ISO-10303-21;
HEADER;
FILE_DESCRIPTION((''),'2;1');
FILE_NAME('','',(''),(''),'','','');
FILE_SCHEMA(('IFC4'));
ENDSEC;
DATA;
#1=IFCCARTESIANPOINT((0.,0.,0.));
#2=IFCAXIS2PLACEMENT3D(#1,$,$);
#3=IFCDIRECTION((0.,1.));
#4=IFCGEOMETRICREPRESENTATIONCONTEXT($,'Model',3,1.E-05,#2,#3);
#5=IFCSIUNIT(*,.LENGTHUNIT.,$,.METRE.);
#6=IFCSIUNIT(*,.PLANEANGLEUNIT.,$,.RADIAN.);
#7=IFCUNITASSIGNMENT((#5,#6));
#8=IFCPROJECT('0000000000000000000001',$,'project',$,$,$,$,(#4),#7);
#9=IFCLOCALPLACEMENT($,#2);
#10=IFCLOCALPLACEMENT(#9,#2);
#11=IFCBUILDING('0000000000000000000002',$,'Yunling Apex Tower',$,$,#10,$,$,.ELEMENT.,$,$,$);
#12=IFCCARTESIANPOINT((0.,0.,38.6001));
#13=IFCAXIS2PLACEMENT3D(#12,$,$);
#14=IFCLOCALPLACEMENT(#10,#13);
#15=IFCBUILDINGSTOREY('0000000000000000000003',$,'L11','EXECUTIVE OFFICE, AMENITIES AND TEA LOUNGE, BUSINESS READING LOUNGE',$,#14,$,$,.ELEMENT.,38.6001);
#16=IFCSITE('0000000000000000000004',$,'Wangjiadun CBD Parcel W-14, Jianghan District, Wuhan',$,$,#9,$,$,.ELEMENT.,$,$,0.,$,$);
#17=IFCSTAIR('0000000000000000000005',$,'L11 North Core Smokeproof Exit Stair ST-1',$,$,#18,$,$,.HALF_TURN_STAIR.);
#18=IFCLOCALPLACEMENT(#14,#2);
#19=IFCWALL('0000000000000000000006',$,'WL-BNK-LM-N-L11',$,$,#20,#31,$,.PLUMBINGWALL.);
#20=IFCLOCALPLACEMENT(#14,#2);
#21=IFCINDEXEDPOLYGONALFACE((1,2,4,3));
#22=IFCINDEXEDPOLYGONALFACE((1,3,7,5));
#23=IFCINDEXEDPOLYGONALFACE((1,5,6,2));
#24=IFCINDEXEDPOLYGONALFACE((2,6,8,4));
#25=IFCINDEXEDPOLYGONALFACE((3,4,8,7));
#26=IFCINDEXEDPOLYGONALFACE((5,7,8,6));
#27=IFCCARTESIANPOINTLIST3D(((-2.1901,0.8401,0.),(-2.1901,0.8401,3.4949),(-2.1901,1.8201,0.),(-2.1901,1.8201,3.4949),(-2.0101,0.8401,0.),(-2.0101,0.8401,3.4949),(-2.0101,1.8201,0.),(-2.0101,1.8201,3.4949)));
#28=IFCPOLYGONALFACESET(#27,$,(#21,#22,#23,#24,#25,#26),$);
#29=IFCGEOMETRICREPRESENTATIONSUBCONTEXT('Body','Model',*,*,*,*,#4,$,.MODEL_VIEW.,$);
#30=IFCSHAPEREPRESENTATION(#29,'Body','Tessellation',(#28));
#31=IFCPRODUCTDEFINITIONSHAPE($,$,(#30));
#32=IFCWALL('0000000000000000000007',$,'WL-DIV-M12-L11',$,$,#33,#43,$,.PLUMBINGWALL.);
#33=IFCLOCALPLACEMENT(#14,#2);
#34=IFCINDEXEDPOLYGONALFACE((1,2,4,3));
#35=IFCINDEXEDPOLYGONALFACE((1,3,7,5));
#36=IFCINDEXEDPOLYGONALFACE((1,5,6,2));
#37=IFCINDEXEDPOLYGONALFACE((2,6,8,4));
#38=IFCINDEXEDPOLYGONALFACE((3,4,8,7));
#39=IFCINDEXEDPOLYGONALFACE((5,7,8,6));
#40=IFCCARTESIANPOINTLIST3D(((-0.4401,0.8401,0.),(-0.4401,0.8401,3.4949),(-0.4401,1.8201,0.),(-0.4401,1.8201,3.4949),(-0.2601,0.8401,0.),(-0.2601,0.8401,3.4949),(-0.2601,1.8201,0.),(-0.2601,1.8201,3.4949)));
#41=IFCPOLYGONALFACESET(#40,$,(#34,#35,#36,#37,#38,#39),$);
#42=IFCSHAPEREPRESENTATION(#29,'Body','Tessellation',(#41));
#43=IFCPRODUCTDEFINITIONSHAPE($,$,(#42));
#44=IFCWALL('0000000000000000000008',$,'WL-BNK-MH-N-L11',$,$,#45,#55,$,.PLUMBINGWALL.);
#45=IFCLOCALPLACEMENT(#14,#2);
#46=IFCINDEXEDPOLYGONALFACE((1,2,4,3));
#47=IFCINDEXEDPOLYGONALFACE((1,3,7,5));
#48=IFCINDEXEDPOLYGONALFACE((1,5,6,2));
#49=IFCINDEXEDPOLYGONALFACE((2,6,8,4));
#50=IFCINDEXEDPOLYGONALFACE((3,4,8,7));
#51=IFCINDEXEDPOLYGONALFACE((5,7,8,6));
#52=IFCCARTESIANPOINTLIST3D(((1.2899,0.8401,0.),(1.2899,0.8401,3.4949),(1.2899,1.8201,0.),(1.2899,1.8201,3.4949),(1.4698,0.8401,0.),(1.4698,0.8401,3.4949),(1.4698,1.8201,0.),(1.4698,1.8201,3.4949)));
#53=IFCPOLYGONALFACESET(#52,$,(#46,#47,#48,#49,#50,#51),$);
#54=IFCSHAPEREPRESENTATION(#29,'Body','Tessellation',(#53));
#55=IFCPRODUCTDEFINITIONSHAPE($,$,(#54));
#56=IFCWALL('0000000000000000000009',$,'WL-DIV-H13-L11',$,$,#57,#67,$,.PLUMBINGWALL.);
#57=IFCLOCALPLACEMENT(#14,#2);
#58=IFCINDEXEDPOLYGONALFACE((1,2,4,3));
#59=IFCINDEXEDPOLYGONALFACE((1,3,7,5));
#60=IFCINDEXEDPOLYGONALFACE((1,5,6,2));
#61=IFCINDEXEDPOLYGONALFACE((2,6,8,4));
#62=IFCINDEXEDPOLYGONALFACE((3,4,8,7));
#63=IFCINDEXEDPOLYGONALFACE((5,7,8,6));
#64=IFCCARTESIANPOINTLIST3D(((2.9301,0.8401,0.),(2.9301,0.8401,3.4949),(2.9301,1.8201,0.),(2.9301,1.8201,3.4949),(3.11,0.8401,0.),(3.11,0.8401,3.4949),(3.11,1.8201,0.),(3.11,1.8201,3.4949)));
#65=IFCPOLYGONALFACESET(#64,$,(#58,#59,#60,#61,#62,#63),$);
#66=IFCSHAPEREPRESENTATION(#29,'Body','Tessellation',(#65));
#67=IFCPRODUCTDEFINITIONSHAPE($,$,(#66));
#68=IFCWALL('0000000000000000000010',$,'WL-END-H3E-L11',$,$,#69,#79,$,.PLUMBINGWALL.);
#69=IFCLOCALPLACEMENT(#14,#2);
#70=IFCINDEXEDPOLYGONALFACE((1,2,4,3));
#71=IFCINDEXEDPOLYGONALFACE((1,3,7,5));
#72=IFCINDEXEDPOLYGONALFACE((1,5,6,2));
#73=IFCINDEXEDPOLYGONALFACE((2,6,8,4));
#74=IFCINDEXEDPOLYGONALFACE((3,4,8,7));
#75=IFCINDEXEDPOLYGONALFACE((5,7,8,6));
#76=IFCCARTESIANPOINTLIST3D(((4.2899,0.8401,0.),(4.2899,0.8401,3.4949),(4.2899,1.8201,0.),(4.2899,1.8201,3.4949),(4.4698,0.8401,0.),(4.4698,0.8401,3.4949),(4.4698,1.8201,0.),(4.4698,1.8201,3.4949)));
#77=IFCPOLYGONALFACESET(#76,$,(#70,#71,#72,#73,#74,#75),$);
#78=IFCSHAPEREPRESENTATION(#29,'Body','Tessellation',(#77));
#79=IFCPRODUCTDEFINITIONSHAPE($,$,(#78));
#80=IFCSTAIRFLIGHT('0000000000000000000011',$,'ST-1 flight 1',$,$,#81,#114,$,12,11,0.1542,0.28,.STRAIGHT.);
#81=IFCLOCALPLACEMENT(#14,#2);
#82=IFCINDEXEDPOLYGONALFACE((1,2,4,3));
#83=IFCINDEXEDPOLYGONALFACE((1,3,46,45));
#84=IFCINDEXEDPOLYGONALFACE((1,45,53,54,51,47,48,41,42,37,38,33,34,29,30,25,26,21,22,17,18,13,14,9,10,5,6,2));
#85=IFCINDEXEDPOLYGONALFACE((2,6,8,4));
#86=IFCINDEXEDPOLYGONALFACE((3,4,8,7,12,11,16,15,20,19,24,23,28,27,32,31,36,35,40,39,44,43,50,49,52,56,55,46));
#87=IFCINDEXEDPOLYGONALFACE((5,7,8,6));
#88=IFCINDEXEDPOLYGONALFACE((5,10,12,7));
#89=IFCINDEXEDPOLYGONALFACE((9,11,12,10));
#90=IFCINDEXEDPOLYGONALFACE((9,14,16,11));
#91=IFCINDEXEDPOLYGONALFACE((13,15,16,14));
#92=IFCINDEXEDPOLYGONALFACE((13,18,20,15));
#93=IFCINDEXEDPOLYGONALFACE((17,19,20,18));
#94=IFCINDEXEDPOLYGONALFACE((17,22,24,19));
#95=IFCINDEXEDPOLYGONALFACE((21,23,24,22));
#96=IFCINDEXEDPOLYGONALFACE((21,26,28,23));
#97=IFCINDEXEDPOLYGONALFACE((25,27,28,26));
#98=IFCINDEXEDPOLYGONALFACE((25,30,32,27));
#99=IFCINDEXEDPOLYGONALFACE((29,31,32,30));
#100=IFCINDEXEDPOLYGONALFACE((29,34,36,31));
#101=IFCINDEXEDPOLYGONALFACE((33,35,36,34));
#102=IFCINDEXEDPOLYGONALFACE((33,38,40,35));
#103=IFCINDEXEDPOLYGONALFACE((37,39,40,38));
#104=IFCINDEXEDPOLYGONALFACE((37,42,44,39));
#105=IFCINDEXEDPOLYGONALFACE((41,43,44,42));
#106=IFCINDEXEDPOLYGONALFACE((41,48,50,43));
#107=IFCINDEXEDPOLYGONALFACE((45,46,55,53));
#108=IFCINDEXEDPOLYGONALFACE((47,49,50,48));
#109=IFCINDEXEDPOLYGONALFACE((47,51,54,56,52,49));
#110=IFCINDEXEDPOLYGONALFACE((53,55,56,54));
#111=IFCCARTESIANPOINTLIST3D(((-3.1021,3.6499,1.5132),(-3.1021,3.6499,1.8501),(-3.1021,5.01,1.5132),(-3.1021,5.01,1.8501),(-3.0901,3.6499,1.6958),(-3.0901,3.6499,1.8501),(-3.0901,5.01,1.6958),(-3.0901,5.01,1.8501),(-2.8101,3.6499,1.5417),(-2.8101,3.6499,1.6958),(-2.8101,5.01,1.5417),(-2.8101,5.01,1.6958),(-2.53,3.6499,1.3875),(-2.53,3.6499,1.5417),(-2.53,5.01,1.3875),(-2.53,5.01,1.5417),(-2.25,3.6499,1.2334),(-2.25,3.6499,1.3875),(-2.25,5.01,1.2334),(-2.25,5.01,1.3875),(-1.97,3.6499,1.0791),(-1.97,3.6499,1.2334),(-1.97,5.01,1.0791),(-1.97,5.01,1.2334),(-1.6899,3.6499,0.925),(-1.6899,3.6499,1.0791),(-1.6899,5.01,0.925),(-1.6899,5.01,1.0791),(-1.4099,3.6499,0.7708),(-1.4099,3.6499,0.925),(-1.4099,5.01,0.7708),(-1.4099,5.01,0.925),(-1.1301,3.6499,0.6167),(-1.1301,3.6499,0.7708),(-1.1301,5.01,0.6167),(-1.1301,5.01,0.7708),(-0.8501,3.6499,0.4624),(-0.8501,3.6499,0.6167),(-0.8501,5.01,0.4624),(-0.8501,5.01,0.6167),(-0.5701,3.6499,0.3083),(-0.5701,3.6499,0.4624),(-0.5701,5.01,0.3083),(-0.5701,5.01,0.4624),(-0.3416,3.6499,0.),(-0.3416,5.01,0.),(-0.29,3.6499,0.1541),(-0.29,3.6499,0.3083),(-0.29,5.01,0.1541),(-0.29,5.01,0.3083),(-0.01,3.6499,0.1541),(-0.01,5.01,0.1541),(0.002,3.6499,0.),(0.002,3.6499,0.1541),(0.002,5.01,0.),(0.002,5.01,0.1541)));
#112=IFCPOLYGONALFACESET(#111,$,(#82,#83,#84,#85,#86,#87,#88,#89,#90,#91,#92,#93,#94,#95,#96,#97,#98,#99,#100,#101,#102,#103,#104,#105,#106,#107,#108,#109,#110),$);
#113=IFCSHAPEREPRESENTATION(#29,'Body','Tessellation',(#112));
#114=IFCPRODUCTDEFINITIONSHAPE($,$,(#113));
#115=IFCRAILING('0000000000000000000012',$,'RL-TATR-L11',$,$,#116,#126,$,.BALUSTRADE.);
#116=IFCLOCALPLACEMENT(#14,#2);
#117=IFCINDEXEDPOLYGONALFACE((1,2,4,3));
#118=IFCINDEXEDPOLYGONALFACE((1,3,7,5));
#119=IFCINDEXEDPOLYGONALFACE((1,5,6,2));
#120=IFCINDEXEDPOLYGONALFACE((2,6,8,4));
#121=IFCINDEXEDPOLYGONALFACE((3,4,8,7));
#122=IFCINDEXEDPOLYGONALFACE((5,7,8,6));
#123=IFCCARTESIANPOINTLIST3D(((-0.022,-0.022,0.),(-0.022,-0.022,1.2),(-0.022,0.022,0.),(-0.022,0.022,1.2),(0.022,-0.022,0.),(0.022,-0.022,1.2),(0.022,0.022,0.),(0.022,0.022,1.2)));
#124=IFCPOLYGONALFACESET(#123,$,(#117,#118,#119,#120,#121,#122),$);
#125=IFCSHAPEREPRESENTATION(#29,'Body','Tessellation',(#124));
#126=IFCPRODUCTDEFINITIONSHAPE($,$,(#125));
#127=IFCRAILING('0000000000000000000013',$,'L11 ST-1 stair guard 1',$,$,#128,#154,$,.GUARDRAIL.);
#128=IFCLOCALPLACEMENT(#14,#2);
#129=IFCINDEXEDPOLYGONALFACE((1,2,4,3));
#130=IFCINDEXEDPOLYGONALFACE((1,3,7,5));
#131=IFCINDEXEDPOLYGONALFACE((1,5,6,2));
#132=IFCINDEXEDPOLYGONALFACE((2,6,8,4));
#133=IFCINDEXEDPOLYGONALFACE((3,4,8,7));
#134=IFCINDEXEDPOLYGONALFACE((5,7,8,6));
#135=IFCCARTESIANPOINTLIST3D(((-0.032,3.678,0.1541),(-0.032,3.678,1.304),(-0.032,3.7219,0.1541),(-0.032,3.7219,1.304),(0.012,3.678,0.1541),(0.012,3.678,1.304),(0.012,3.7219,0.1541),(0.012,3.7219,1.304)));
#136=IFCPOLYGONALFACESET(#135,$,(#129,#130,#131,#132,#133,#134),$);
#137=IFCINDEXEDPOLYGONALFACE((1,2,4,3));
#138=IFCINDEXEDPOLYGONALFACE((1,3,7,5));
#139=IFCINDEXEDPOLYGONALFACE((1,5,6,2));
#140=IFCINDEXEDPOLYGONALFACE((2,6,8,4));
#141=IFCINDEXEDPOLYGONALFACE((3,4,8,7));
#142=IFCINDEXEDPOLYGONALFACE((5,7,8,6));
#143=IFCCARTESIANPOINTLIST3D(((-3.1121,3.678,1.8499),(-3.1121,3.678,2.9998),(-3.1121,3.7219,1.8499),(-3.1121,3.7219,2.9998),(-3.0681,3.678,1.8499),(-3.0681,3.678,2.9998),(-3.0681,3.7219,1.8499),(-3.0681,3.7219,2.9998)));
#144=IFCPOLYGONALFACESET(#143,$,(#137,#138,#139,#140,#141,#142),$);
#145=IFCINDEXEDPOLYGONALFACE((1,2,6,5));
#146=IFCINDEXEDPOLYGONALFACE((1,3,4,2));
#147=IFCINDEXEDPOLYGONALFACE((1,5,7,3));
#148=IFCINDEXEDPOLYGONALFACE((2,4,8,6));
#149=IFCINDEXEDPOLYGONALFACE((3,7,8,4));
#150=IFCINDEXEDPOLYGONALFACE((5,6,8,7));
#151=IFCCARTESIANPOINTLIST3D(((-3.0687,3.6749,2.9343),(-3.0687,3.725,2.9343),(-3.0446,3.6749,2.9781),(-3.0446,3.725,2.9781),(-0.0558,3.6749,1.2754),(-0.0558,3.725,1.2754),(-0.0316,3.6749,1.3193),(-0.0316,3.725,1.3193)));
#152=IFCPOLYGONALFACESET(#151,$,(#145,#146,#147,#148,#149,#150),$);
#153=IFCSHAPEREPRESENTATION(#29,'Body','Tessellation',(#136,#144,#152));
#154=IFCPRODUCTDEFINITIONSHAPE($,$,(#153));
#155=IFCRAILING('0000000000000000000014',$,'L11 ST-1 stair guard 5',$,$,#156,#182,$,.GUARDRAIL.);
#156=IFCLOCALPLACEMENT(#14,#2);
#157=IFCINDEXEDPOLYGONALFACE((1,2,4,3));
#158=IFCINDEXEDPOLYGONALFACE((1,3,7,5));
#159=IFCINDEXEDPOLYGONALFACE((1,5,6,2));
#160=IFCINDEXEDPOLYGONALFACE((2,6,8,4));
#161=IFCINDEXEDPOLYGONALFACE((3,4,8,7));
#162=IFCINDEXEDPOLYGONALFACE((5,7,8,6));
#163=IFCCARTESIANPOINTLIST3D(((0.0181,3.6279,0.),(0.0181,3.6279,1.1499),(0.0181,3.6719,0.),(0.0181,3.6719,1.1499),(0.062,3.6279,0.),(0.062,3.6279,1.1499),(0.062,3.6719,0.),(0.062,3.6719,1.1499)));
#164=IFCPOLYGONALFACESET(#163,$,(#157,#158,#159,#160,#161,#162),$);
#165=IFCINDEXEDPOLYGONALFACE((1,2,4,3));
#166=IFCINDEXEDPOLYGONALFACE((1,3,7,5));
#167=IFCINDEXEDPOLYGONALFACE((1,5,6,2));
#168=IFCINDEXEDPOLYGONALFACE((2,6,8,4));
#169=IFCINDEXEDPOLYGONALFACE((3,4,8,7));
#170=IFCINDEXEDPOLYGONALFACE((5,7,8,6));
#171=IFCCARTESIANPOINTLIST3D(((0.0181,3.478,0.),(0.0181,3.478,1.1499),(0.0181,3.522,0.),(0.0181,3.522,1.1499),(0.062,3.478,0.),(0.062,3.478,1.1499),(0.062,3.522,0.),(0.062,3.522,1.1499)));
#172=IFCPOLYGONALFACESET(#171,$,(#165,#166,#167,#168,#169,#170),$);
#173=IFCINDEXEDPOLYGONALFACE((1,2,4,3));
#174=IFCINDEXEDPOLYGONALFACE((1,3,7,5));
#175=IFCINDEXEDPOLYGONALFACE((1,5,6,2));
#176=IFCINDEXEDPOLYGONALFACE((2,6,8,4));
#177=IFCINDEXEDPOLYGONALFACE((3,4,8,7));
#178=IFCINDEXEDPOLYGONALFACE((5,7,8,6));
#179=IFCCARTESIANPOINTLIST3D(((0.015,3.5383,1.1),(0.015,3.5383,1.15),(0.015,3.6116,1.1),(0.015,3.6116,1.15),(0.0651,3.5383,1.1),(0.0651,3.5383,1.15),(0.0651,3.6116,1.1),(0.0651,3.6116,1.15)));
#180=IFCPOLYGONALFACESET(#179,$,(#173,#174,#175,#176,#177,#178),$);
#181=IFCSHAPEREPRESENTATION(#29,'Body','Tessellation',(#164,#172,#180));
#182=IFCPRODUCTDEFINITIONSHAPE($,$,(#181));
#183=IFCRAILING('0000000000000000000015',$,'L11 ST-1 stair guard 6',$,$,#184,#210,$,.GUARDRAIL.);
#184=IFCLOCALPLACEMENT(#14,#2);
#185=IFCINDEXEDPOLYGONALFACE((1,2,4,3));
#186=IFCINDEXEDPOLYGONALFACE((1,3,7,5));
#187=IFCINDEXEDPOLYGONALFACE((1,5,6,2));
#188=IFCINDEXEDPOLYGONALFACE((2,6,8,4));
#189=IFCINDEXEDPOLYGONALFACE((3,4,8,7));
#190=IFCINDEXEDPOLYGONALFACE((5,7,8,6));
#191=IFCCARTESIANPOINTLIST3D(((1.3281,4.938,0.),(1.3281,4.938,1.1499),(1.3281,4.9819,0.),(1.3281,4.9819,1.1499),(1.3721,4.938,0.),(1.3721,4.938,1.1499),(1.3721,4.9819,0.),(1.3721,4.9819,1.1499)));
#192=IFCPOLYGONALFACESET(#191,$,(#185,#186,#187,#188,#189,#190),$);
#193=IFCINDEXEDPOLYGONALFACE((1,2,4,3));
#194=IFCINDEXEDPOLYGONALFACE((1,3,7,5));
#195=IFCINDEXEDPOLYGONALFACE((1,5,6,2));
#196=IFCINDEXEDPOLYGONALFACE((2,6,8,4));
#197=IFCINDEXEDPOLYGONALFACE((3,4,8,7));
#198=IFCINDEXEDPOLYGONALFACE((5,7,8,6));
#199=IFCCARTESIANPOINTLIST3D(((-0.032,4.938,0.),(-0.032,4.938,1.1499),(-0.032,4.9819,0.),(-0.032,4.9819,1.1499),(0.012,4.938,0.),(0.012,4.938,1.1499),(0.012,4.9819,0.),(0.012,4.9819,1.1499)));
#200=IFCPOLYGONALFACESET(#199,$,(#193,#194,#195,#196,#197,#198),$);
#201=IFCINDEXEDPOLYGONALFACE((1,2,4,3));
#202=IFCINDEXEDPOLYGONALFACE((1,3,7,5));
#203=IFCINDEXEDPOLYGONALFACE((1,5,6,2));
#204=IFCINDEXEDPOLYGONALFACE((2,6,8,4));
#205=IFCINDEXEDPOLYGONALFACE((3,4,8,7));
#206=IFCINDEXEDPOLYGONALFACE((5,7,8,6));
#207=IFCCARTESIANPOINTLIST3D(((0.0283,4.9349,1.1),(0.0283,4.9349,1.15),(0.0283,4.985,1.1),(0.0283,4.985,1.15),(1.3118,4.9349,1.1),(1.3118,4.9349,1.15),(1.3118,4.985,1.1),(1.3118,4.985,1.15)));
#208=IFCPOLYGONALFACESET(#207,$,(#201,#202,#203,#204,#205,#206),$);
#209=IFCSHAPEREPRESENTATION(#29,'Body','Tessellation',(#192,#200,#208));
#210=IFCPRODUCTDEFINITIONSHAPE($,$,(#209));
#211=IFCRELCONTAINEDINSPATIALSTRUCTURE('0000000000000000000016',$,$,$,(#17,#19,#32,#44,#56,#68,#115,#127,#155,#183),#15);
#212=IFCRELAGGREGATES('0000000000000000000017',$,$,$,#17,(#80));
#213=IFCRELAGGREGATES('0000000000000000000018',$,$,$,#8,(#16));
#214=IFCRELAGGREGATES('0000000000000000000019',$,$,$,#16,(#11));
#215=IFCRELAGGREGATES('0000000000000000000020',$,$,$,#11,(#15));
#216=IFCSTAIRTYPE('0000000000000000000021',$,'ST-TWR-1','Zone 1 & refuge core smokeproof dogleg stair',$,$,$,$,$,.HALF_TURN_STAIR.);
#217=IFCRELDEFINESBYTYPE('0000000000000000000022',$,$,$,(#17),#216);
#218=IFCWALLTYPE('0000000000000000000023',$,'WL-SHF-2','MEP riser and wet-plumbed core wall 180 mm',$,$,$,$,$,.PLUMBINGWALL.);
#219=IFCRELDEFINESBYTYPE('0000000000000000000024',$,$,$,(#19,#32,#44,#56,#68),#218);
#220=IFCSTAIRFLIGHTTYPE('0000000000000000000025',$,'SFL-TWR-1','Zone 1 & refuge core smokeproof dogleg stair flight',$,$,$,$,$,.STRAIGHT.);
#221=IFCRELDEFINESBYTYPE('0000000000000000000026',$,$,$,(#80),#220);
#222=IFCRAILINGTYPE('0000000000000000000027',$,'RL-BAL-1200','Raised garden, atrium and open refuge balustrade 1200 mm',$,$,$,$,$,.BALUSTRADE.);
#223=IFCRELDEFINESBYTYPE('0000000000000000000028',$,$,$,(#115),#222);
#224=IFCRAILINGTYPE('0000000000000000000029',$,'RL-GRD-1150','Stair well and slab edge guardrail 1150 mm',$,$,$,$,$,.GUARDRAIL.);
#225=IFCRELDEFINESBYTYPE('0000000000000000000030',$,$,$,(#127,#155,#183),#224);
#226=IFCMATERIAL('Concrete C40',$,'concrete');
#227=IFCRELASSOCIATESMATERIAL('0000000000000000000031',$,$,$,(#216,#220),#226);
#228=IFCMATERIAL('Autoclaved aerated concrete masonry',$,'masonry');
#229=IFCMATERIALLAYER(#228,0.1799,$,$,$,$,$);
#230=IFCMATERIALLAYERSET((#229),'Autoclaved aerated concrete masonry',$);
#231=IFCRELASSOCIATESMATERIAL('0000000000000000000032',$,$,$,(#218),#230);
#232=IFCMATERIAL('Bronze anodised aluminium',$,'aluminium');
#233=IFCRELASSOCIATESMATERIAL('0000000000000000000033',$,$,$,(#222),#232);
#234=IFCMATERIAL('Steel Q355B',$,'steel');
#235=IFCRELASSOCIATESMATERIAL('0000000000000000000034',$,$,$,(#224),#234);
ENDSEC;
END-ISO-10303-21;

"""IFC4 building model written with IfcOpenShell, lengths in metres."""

from ifc_helpers import new_model, si_unit, direction, frame, frame_2d, origin, origin_2d, place, context, subcontext, project, spatial, polyline, rectangle, outline, extrude, material, layer, layer_set, type_object, element, aggregate, save


model = new_model("IFC4")

# Units and contexts
model_context = context("Model", 3, precision=1e-05, world=origin(), true_north=direction((0.0, 1.0)))
body_context = subcontext(model_context, "Body", "Model", "MODEL_VIEW")
ifc_project = project(units=[si_unit("LENGTHUNIT", "METRE"), si_unit("PLANEANGLEUNIT", "RADIAN")], contexts=[model_context])

# Site, building, storey
site_placement = place(None, origin())
site = spatial("IfcSite", under=ifc_project, at=site_placement, Name="Wangjiadun CBD Parcel W-14, Jianghan District, Wuhan", CompositionType="ELEMENT", RefElevation=0.0)
building_placement = place(site_placement, origin())
building = spatial("IfcBuilding", under=site, at=building_placement, Name="Yunling Apex Tower", CompositionType="ELEMENT")
storey_placement = place(building_placement, frame((0.0, 0.0, 38.6001)))
storey = spatial("IfcBuildingStorey", under=building, at=storey_placement, Name="L11", Description="EXECUTIVE OFFICE, AMENITIES AND TEA LOUNGE, BUSINESS READING LOUNGE", CompositionType="ELEMENT", Elevation=38.6001)

# Shared definitions
ifc_material_1 = material(Name="Concrete C40", Category="concrete")

# Stair
stair_type = type_object("IfcStairType", Name="ST-TWR-1", Description="Zone 1 & refuge core smokeproof dogleg stair", PredefinedType="HALF_TURN_STAIR", material=ifc_material_1)
stair_1_placement = place(storey_placement, origin())
stair_1 = element("IfcStair", 1, at=stair_1_placement, inside=storey, type_object=stair_type, Name="L11 North Core Smokeproof Exit Stair ST-1", PredefinedType="HALF_TURN_STAIR")

# Shared definitions
ifc_material_2 = material(Name="Autoclaved aerated concrete masonry", Category="masonry")
ifc_material_3 = material(Name="Steel Q355B", Category="steel")

# Walls
ifc_layer_1 = layer(ifc_material_2, 0.1799)
ifc_layer_set_1 = layer_set([ifc_layer_1], Name="Autoclaved aerated concrete masonry")
wall_type_1 = type_object("IfcWallType", Name="WL-SHF-2", Description="MEP riser and wet-plumbed core wall 180 mm", PredefinedType="PLUMBINGWALL", material=ifc_layer_set_1)
for number, where, z_axis, x_axis, name in (
    (2, (-2.1001, 0.8401, 0.0), (0.0, 0.0, 1.0), (0.0, 1.0, 0.0), "WL-BNK-LM-N-L11"),
    (3, (-0.3501, 0.8401, 0.0), (0.0, 0.0, 1.0), (0.0, 1.0, 0.0), "WL-DIV-M12-L11"),
    (4, (1.3799, 0.8401, 0.0), (0.0, 0.0, 1.0), (0.0, 1.0, 0.0), "WL-BNK-MH-N-L11"),
    (5, (3.02, 0.8401, 0.0), (0.0, 0.0, 1.0), (0.0, 1.0, 0.0), "WL-DIV-H13-L11"),
    (6, (4.3799, 0.8401, 0.0), (0.0, 0.0, 1.0), (0.0, 1.0, 0.0), "WL-END-H3E-L11"),
):
    element("IfcWall", number, at=place(storey_placement, frame(where, z_axis=z_axis, x_axis=x_axis)), inside=storey, type_object=wall_type_1, Name=name, PredefinedType="PLUMBINGWALL", context=body_context, shape_type="SweptSolid", body=[
        extrude(rectangle(XDim=0.98, YDim=0.1799, at=frame_2d((0.49, 0.0))), origin(), (0.0, 0.0, 1.0), 3.4949),
    ])

# Stair flight
stair_flight_type = type_object("IfcStairFlightType", Name="SFL-TWR-1", Description="Zone 1 & refuge core smokeproof dogleg stair flight", PredefinedType="STRAIGHT", material=ifc_material_1)
stair_flight_placement = place(storey_placement, frame((-0.01, 4.3301, 0.0), z_axis=(0.0, 0.0, 1.0), x_axis=(-1.0, 0.0, 0.0)))
stair_flight = element("IfcStairFlight", 7, at=stair_flight_placement, type_object=stair_flight_type, Name="ST-1 flight 1", NumberOfRisers=12, NumberOfTreads=11, PredefinedType="STRAIGHT", RiserHeight=0.1542, TreadLength=0.28, context=body_context, shape_type="SweptSolid", body=[
    extrude(outline(polyline([(-0.012, 0.0), (-0.012, 0.1541), (0.0, 0.1541), (0.28, 0.1541), (0.28, 0.3083), (0.5601, 0.3083), (0.5601, 0.4624), (0.8401, 0.4624), (0.8401, 0.6167), (1.1201, 0.6167), (1.1201, 0.7708), (1.3999, 0.7708), (1.3999, 0.925), (1.6799, 0.925), (1.6799, 1.0791), (1.96, 1.0791), (1.96, 1.2334), (2.24, 1.2334), (2.24, 1.3875), (2.52, 1.3875), (2.52, 1.5417), (2.8, 1.5417), (2.8, 1.6958), (3.0801, 1.6958), (3.0801, 1.8501), (3.092, 1.8501), (3.092, 1.5132), (0.3315, 0.0), (-0.012, 0.0)])), frame((0.0, 0.6802, 0.0), z_axis=(0.0, -1.0, 0.0), x_axis=(1.0, 0.0, 0.0)), (0.0, 0.0, 1.0), 1.3601),
])
aggregate(stair_1, [stair_flight])

# Railings
ifc_material_4 = material(Name="Bronze anodised aluminium", Category="aluminium")
railing_type_1 = type_object("IfcRailingType", Name="RL-BAL-1200", Description="Raised garden, atrium and open refuge balustrade 1200 mm", PredefinedType="BALUSTRADE", material=ifc_material_4)
railing_1_placement = place(storey_placement, origin())
element("IfcRailing", 8, at=railing_1_placement, inside=storey, type_object=railing_type_1, Name="RL-TATR-L11", PredefinedType="BALUSTRADE", context=body_context, shape_type="SweptSolid", body=[
    extrude(rectangle(XDim=0.0439, YDim=0.0439, at=origin_2d()), origin(), (0.0, 0.0, 1.0), 1.2),
])
railing_type_2 = type_object("IfcRailingType", Name="RL-GRD-1150", Description="Stair well and slab edge guardrail 1150 mm", PredefinedType="GUARDRAIL", material=ifc_material_3)
railing_2_placement = place(storey_placement, frame((-0.01, 3.7, 0.1541)))
element("IfcRailing", 9, at=railing_2_placement, inside=storey, type_object=railing_type_2, Name="L11 ST-1 stair guard 1", PredefinedType="GUARDRAIL", context=body_context, shape_type="SweptSolid", body=[
    extrude(rectangle(XDim=0.0439, YDim=0.0439, at=origin_2d()), origin(), (0.0, 0.0, 1.0), 1.1499),
    extrude(rectangle(XDim=0.0439, YDim=0.0439, at=origin_2d()), frame((-3.0801, 0.0, 1.6958)), (0.0, 0.0, 1.0), 1.1499),
    extrude(rectangle(XDim=0.05, YDim=0.05, at=origin_2d()), frame((-0.0337, 0.0, 1.1433), z_axis=(-0.876005, 0.0, 0.482303), x_axis=(0.0, -1.0, 0.0)), (0.0, 0.0, 1.0), 3.4395),
])
railing_3_placement = place(storey_placement, frame((0.04, 3.6499, 0.0)))
element("IfcRailing", 10, at=railing_3_placement, inside=storey, type_object=railing_type_2, Name="L11 ST-1 stair guard 5", PredefinedType="GUARDRAIL", context=body_context, shape_type="SweptSolid", body=[
    extrude(rectangle(XDim=0.0439, YDim=0.0439, at=origin_2d()), origin(), (0.0, 0.0, 1.0), 1.1499),
    extrude(rectangle(XDim=0.0439, YDim=0.0439, at=origin_2d()), frame((0.0, -0.1499, 0.0)), (0.0, 0.0, 1.0), 1.1499),
    extrude(rectangle(XDim=0.05, YDim=0.05, at=origin_2d()), frame((0.0, -0.0383, 1.125), z_axis=(0.0, -1.0, 0.0), x_axis=(1.0, 0.0, 0.0)), (0.0, 0.0, 1.0), 0.0732),
])
railing_4_placement = place(storey_placement, frame((1.3501, 4.96, 0.0)))
element("IfcRailing", 11, at=railing_4_placement, inside=storey, type_object=railing_type_2, Name="L11 ST-1 stair guard 6", PredefinedType="GUARDRAIL", context=body_context, shape_type="SweptSolid", body=[
    extrude(rectangle(XDim=0.0439, YDim=0.0439, at=origin_2d()), origin(), (0.0, 0.0, 1.0), 1.1499),
    extrude(rectangle(XDim=0.0439, YDim=0.0439, at=origin_2d()), frame((-1.3601, 0.0, 0.0)), (0.0, 0.0, 1.0), 1.1499),
    extrude(rectangle(XDim=0.05, YDim=0.05, at=origin_2d()), frame((-0.0383, 0.0, 1.125), z_axis=(-1.0, 0.0, 0.0), x_axis=(0.0, -1.0, 0.0)), (0.0, 0.0, 1.0), 1.2834),
])

save(model, "model.ifc")
